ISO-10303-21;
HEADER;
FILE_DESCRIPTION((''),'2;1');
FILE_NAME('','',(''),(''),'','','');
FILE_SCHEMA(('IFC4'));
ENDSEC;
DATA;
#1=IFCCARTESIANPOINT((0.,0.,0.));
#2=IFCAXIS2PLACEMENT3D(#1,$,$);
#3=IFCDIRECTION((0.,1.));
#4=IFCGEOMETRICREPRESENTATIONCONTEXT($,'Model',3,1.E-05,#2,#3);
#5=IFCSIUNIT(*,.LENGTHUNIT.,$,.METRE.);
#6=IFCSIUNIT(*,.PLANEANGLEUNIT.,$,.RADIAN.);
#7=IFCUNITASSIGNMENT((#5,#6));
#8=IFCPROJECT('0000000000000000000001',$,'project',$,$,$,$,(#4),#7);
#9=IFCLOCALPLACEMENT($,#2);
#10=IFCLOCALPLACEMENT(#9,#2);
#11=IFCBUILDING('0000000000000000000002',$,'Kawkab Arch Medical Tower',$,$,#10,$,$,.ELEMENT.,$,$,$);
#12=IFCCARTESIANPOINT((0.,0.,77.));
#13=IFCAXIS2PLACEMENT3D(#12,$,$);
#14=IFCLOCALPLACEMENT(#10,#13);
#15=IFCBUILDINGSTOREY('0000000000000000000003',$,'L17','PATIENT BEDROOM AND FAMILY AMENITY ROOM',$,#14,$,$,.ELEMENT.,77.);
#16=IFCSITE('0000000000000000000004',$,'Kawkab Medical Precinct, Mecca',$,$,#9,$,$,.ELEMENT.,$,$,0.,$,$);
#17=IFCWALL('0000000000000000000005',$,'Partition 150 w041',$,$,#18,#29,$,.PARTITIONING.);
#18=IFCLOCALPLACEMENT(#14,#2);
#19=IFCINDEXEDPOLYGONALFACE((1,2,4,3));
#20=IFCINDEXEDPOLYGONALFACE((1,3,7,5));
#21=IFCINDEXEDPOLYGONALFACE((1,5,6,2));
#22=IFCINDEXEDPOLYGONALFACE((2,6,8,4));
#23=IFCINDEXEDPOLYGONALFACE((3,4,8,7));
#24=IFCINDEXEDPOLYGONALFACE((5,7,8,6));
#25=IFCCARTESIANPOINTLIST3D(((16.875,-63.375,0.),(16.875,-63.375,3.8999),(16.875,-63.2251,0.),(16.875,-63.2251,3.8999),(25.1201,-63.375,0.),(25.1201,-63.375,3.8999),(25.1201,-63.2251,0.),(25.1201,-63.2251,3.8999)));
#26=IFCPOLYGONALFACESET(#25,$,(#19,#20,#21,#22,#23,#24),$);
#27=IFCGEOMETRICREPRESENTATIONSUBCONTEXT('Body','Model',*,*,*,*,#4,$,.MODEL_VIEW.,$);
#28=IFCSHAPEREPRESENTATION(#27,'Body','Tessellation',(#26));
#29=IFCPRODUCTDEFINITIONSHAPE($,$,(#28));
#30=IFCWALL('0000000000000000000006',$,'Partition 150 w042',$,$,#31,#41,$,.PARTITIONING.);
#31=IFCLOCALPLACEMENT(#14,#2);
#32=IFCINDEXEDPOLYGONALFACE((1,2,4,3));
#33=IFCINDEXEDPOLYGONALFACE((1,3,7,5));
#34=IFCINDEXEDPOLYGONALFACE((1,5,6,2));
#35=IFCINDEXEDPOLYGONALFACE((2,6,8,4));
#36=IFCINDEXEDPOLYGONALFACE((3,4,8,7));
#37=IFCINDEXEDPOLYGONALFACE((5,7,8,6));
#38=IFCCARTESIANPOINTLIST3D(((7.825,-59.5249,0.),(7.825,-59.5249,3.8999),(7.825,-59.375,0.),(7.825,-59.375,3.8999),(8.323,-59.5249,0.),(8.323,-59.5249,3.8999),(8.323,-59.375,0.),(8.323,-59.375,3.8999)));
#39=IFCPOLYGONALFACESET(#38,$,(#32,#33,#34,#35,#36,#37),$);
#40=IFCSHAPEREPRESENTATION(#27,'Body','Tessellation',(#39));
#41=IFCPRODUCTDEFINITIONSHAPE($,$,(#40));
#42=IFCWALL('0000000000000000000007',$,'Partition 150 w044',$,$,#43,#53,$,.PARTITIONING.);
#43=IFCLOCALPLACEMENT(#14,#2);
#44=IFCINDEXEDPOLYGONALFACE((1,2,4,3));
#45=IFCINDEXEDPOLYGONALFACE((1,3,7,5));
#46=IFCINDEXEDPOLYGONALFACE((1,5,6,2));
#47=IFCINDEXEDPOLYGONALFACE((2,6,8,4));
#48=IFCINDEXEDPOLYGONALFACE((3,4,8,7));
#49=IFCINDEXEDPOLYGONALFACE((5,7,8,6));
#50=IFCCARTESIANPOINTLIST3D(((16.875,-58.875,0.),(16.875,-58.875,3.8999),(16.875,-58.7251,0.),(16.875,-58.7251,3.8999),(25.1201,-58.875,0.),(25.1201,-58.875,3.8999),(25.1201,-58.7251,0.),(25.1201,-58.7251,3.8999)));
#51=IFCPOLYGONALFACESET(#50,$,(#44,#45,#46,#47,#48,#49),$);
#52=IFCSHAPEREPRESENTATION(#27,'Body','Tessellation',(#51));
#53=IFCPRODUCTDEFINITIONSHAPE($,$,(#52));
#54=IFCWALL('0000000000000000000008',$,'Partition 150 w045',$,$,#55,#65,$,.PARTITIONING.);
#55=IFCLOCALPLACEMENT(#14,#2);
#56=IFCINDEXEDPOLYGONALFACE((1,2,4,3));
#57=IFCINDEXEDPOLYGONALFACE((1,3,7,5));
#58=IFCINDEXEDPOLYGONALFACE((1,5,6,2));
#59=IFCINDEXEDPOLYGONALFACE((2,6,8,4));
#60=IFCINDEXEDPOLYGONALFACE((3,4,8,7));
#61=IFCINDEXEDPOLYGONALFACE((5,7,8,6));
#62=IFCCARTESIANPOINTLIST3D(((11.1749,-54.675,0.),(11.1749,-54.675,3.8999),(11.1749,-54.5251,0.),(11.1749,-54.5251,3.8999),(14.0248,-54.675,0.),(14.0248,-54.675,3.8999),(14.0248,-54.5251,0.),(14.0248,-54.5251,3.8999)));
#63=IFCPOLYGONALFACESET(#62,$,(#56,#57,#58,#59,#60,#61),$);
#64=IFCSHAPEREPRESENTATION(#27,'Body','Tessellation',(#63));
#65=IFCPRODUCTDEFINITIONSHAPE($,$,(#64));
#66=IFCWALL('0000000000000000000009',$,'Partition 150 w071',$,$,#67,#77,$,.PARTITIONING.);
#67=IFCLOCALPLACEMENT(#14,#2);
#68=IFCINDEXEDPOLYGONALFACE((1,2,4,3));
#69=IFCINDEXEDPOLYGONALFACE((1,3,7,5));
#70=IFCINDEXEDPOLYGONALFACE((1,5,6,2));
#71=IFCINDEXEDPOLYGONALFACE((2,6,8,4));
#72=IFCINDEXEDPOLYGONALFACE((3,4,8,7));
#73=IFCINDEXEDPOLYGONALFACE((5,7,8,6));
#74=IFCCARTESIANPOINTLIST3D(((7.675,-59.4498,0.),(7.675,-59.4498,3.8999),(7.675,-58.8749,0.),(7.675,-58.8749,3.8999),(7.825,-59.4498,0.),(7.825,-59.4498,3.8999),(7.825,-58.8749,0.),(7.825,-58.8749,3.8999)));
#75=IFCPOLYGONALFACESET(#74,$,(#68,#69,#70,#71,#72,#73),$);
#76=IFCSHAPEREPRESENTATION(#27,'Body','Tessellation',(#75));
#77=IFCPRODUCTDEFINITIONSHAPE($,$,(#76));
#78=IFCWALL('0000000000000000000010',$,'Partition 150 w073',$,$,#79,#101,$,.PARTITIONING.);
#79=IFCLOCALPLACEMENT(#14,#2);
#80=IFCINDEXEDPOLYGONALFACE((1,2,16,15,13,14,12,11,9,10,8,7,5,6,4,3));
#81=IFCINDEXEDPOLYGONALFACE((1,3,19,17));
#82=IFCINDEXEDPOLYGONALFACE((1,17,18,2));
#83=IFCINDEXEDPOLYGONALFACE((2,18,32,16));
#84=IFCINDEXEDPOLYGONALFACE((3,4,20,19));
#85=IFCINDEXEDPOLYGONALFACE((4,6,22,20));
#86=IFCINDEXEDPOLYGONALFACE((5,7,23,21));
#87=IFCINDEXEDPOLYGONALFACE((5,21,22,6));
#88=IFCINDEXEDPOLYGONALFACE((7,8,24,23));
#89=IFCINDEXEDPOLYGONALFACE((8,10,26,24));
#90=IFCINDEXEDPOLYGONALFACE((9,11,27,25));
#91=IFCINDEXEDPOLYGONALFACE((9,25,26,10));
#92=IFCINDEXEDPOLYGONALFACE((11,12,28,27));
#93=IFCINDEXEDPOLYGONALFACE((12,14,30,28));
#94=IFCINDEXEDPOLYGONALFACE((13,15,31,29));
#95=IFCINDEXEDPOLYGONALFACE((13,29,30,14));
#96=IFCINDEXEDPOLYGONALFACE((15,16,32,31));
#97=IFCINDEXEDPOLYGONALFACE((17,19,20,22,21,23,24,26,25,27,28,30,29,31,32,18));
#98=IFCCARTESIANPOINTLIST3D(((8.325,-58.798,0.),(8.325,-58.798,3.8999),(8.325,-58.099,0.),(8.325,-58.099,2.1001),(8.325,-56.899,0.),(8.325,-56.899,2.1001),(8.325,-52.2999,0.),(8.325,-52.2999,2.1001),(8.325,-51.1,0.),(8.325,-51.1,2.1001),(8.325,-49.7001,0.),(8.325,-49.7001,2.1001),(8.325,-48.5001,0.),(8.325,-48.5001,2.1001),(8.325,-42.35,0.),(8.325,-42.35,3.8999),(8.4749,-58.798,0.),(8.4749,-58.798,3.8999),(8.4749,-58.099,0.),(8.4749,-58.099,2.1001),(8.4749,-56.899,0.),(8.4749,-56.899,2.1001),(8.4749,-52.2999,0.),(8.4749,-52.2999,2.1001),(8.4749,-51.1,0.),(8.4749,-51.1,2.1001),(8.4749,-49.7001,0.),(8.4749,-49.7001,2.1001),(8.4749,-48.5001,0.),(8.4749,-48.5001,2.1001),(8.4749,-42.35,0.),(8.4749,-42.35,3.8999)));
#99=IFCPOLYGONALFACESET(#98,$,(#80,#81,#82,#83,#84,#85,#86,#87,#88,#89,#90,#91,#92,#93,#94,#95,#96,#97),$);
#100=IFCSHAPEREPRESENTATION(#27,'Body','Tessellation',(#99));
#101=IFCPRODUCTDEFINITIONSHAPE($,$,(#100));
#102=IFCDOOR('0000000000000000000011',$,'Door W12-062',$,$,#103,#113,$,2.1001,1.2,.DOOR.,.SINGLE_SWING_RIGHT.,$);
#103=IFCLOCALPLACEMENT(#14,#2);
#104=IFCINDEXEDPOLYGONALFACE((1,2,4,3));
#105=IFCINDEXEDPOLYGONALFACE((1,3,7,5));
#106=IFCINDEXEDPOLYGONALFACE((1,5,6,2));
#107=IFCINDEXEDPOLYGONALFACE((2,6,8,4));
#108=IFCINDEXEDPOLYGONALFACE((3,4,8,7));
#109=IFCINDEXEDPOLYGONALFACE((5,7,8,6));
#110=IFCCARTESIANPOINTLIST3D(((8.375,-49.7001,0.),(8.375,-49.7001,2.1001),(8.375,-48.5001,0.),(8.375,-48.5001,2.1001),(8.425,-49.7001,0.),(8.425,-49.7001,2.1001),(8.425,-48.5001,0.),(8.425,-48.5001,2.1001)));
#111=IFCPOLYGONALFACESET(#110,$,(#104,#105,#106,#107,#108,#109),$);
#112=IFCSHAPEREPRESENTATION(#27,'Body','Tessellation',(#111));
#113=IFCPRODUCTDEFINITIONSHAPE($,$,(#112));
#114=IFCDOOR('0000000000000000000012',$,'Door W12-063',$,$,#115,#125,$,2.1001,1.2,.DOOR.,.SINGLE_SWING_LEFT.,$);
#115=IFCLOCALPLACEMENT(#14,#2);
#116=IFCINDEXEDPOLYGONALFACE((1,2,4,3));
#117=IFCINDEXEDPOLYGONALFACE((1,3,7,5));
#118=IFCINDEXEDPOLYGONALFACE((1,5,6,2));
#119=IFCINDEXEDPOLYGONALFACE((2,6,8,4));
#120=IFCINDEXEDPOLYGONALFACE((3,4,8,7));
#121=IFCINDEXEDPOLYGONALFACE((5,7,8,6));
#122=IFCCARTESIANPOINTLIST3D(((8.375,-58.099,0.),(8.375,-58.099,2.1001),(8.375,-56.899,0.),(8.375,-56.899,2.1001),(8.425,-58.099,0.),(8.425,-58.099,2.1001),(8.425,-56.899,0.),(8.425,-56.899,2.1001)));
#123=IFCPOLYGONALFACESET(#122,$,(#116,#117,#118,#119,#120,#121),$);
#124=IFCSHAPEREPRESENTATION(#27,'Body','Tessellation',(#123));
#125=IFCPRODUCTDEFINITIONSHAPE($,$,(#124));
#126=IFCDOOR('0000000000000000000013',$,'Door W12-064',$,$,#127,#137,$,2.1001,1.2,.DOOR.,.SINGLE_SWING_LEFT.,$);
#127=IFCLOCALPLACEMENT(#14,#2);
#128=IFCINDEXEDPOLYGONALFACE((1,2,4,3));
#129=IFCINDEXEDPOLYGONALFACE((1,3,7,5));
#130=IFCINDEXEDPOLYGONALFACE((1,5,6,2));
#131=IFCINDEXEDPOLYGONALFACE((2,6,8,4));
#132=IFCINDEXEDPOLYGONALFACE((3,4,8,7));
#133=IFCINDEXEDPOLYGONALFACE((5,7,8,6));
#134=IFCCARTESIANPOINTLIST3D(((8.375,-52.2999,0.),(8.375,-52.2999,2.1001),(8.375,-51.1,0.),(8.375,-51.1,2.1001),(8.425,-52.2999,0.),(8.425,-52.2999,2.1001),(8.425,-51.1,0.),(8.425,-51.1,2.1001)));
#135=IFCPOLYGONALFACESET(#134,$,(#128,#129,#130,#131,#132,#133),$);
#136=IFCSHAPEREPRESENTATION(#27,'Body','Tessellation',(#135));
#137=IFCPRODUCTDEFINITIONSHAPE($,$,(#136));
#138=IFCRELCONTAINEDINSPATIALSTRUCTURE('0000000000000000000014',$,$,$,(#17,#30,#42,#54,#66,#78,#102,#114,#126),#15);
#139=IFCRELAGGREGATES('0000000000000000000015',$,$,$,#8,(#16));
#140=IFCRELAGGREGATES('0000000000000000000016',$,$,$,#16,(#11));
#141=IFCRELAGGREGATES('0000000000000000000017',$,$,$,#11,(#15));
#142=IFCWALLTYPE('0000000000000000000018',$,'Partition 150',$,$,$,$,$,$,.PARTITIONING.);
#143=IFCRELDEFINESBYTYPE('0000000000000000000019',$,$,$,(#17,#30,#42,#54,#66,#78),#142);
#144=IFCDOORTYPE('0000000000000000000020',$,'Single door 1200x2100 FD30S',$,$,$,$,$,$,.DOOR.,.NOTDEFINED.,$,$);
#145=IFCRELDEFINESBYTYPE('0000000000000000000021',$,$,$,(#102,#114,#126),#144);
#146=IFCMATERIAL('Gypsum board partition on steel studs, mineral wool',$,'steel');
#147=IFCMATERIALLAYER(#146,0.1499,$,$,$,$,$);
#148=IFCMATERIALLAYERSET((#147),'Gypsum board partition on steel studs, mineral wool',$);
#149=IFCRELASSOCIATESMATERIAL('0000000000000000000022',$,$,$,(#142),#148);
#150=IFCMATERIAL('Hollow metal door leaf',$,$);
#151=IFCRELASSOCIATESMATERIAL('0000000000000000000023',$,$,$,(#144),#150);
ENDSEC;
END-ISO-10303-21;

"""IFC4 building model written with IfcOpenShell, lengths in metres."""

from ifc_helpers import new_model, si_unit, direction, frame, frame_2d, origin, place, context, subcontext, project, spatial, rectangle, extrude, material, layer, layer_set, type_object, element, fill, save


model = new_model("IFC4")

# Units and contexts
model_context = context("Model", 3, precision=1e-05, world=origin(), true_north=direction((0.0, 1.0)))
body_context = subcontext(model_context, "Body", "Model", "MODEL_VIEW")
ifc_project = project(units=[si_unit("LENGTHUNIT", "METRE"), si_unit("PLANEANGLEUNIT", "RADIAN")], contexts=[model_context])

# Site, building, storey
site_placement = place(None, origin())
site = spatial("IfcSite", under=ifc_project, at=site_placement, Name="Kawkab Medical Precinct, Mecca", CompositionType="ELEMENT", RefElevation=0.0)
building_placement = place(site_placement, origin())
building = spatial("IfcBuilding", under=site, at=building_placement, Name="Kawkab Arch Medical Tower", CompositionType="ELEMENT")
storey_placement = place(building_placement, frame((0.0, 0.0, 77.0)))
storey = spatial("IfcBuildingStorey", under=building, at=storey_placement, Name="L17", Description="PATIENT BEDROOM AND FAMILY AMENITY ROOM", CompositionType="ELEMENT", Elevation=77.0)

# Walls
ifc_material_1 = material(Name="Gypsum board partition on steel studs, mineral wool", Category="steel")
ifc_layer_1 = layer(ifc_material_1, 0.1499)
ifc_layer_set_1 = layer_set([ifc_layer_1], Name="Gypsum board partition on steel studs, mineral wool")
wall_type_1 = type_object("IfcWallType", Name="Partition 150", PredefinedType="PARTITIONING", material=ifc_layer_set_1)
wall_1_placement = place(storey_placement, frame((16.875, -63.3, 0.0), z_axis=(0.0, 0.0, 1.0), x_axis=(1.0, 0.0, 0.0)))
element("IfcWall", 1, at=wall_1_placement, inside=storey, type_object=wall_type_1, Name="Partition 150 w041", PredefinedType="PARTITIONING", context=body_context, shape_type="SweptSolid", body=[
    extrude(rectangle(XDim=8.2451, YDim=0.1499, at=frame_2d((4.1226, 0.0))), origin(), (0.0, 0.0, 1.0), 3.8999),
])
wall_2_placement = place(storey_placement, frame((7.825, -59.45, 0.0), z_axis=(0.0, 0.0, 1.0), x_axis=(1.0, 0.0, 0.0)))
element("IfcWall", 2, at=wall_2_placement, inside=storey, type_object=wall_type_1, Name="Partition 150 w042", PredefinedType="PARTITIONING", context=body_context, shape_type="SweptSolid", body=[
    extrude(rectangle(XDim=0.498, YDim=0.1499, at=frame_2d((0.249, 0.0))), origin(), (0.0, 0.0, 1.0), 3.8999),
])
wall_3_placement = place(storey_placement, frame((16.875, -58.8, 0.0), z_axis=(0.0, 0.0, 1.0), x_axis=(1.0, 0.0, 0.0)))
element("IfcWall", 3, at=wall_3_placement, inside=storey, type_object=wall_type_1, Name="Partition 150 w044", PredefinedType="PARTITIONING", context=body_context, shape_type="SweptSolid", body=[
    extrude(rectangle(XDim=8.2451, YDim=0.1499, at=frame_2d((4.1226, 0.0))), origin(), (0.0, 0.0, 1.0), 3.8999),
])
wall_4_placement = place(storey_placement, frame((11.175, -54.6001, 0.0), z_axis=(0.0, 0.0, 1.0), x_axis=(1.0, 0.0, 0.0)))
element("IfcWall", 4, at=wall_4_placement, inside=storey, type_object=wall_type_1, Name="Partition 150 w045", PredefinedType="PARTITIONING", context=body_context, shape_type="SweptSolid", body=[
    extrude(rectangle(XDim=2.8499, YDim=0.1499, at=frame_2d((1.4248, 0.0))), origin(), (0.0, 0.0, 1.0), 3.8999),
])
wall_5_placement = place(storey_placement, frame((7.75, -59.45, 0.0), z_axis=(0.0, 0.0, 1.0), x_axis=(0.0, 1.0, 0.0)))
element("IfcWall", 5, at=wall_5_placement, inside=storey, type_object=wall_type_1, Name="Partition 150 w071", PredefinedType="PARTITIONING", context=body_context, shape_type="SweptSolid", body=[
    extrude(rectangle(XDim=0.575, YDim=0.1499, at=frame_2d((0.2876, 0.0))), origin(), (0.0, 0.0, 1.0), 3.8999),
])

# Wall, openings, doors
wall_6_placement = place(storey_placement, frame((8.3999, -58.7981, 0.0), z_axis=(0.0, 0.0, 1.0), x_axis=(0.0, 1.0, 0.0)))
wall_6 = element("IfcWall", 6, at=wall_6_placement, inside=storey, type_object=wall_type_1, Name="Partition 150 w073", PredefinedType="PARTITIONING", context=body_context, shape_type="SweptSolid", body=[
    extrude(rectangle(XDim=16.448, YDim=0.1499, at=frame_2d((8.2241, 0.0))), origin(), (0.0, 0.0, 1.0), 3.8999),
])
opening_1_placement = place(wall_6_placement, frame((9.0979, 0.0, 0.0)))
opening_1 = element("IfcOpeningElement", 7, at=opening_1_placement, cuts=wall_6, PredefinedType="OPENING", context=body_context, shape_type="SweptSolid", body=[
    extrude(rectangle(XDim=1.2, YDim=2.1001, at=frame_2d((0.6001, 1.05))), frame((0.0, 0.085, 0.0), z_axis=(0.0, -1.0, 0.0), x_axis=(1.0, 0.0, 0.0)), (0.0, 0.0, 1.0), 0.1699),
])
opening_2_placement = place(wall_6_placement, frame((0.699, 0.0, 0.0)))
opening_2 = element("IfcOpeningElement", 8, at=opening_2_placement, cuts=wall_6, PredefinedType="OPENING", context=body_context, shape_type="SweptSolid", body=[
    extrude(rectangle(XDim=1.2, YDim=2.1001, at=frame_2d((0.6001, 1.05))), frame((0.0, 0.085, 0.0), z_axis=(0.0, -1.0, 0.0), x_axis=(1.0, 0.0, 0.0)), (0.0, 0.0, 1.0), 0.1699),
])
opening_3_placement = place(wall_6_placement, frame((6.498, 0.0, 0.0)))
opening_3 = element("IfcOpeningElement", 9, at=opening_3_placement, cuts=wall_6, PredefinedType="OPENING", context=body_context, shape_type="SweptSolid", body=[
    extrude(rectangle(XDim=1.2, YDim=2.1001, at=frame_2d((0.6001, 1.05))), frame((0.0, 0.085, 0.0), z_axis=(0.0, -1.0, 0.0), x_axis=(1.0, 0.0, 0.0)), (0.0, 0.0, 1.0), 0.1699),
])
ifc_material_2 = material(Name="Hollow metal door leaf")
door_type_1 = type_object("IfcDoorType", Name="Single door 1200x2100 FD30S", OperationType="NOTDEFINED", PredefinedType="DOOR", material=ifc_material_2)
door_1_placement = place(opening_1_placement, origin())
door_1 = element("IfcDoor", 10, at=door_1_placement, inside=storey, type_object=door_type_1, Name="Door W12-062", OperationType="SINGLE_SWING_RIGHT", OverallHeight=2.1001, OverallWidth=1.2, PredefinedType="DOOR", context=body_context, shape_type="SweptSolid", body=[
    extrude(rectangle(XDim=1.2, YDim=2.1001, at=frame_2d((0.6001, 1.05))), frame((0.0, 0.0249, 0.0), z_axis=(0.0, -1.0, 0.0), x_axis=(1.0, 0.0, 0.0)), (0.0, 0.0, 1.0), 0.05),
])
fill(opening_1, door_1)
door_2_placement = place(opening_2_placement, origin())
door_2 = element("IfcDoor", 11, at=door_2_placement, inside=storey, type_object=door_type_1, Name="Door W12-063", OperationType="SINGLE_SWING_LEFT", OverallHeight=2.1001, OverallWidth=1.2, PredefinedType="DOOR", context=body_context, shape_type="SweptSolid", body=[
    extrude(rectangle(XDim=1.2, YDim=2.1001, at=frame_2d((0.6001, 1.05))), frame((0.0, 0.0249, 0.0), z_axis=(0.0, -1.0, 0.0), x_axis=(1.0, 0.0, 0.0)), (0.0, 0.0, 1.0), 0.05),
])
fill(opening_2, door_2)
door_3_placement = place(opening_3_placement, origin())
door_3 = element("IfcDoor", 12, at=door_3_placement, inside=storey, type_object=door_type_1, Name="Door W12-064", OperationType="SINGLE_SWING_LEFT", OverallHeight=2.1001, OverallWidth=1.2, PredefinedType="DOOR", context=body_context, shape_type="SweptSolid", body=[
    extrude(rectangle(XDim=1.2, YDim=2.1001, at=frame_2d((0.6001, 1.05))), frame((0.0, 0.0249, 0.0), z_axis=(0.0, -1.0, 0.0), x_axis=(1.0, 0.0, 0.0)), (0.0, 0.0, 1.0), 0.05),
])
fill(opening_3, door_3)

save(model, "model.ifc")
